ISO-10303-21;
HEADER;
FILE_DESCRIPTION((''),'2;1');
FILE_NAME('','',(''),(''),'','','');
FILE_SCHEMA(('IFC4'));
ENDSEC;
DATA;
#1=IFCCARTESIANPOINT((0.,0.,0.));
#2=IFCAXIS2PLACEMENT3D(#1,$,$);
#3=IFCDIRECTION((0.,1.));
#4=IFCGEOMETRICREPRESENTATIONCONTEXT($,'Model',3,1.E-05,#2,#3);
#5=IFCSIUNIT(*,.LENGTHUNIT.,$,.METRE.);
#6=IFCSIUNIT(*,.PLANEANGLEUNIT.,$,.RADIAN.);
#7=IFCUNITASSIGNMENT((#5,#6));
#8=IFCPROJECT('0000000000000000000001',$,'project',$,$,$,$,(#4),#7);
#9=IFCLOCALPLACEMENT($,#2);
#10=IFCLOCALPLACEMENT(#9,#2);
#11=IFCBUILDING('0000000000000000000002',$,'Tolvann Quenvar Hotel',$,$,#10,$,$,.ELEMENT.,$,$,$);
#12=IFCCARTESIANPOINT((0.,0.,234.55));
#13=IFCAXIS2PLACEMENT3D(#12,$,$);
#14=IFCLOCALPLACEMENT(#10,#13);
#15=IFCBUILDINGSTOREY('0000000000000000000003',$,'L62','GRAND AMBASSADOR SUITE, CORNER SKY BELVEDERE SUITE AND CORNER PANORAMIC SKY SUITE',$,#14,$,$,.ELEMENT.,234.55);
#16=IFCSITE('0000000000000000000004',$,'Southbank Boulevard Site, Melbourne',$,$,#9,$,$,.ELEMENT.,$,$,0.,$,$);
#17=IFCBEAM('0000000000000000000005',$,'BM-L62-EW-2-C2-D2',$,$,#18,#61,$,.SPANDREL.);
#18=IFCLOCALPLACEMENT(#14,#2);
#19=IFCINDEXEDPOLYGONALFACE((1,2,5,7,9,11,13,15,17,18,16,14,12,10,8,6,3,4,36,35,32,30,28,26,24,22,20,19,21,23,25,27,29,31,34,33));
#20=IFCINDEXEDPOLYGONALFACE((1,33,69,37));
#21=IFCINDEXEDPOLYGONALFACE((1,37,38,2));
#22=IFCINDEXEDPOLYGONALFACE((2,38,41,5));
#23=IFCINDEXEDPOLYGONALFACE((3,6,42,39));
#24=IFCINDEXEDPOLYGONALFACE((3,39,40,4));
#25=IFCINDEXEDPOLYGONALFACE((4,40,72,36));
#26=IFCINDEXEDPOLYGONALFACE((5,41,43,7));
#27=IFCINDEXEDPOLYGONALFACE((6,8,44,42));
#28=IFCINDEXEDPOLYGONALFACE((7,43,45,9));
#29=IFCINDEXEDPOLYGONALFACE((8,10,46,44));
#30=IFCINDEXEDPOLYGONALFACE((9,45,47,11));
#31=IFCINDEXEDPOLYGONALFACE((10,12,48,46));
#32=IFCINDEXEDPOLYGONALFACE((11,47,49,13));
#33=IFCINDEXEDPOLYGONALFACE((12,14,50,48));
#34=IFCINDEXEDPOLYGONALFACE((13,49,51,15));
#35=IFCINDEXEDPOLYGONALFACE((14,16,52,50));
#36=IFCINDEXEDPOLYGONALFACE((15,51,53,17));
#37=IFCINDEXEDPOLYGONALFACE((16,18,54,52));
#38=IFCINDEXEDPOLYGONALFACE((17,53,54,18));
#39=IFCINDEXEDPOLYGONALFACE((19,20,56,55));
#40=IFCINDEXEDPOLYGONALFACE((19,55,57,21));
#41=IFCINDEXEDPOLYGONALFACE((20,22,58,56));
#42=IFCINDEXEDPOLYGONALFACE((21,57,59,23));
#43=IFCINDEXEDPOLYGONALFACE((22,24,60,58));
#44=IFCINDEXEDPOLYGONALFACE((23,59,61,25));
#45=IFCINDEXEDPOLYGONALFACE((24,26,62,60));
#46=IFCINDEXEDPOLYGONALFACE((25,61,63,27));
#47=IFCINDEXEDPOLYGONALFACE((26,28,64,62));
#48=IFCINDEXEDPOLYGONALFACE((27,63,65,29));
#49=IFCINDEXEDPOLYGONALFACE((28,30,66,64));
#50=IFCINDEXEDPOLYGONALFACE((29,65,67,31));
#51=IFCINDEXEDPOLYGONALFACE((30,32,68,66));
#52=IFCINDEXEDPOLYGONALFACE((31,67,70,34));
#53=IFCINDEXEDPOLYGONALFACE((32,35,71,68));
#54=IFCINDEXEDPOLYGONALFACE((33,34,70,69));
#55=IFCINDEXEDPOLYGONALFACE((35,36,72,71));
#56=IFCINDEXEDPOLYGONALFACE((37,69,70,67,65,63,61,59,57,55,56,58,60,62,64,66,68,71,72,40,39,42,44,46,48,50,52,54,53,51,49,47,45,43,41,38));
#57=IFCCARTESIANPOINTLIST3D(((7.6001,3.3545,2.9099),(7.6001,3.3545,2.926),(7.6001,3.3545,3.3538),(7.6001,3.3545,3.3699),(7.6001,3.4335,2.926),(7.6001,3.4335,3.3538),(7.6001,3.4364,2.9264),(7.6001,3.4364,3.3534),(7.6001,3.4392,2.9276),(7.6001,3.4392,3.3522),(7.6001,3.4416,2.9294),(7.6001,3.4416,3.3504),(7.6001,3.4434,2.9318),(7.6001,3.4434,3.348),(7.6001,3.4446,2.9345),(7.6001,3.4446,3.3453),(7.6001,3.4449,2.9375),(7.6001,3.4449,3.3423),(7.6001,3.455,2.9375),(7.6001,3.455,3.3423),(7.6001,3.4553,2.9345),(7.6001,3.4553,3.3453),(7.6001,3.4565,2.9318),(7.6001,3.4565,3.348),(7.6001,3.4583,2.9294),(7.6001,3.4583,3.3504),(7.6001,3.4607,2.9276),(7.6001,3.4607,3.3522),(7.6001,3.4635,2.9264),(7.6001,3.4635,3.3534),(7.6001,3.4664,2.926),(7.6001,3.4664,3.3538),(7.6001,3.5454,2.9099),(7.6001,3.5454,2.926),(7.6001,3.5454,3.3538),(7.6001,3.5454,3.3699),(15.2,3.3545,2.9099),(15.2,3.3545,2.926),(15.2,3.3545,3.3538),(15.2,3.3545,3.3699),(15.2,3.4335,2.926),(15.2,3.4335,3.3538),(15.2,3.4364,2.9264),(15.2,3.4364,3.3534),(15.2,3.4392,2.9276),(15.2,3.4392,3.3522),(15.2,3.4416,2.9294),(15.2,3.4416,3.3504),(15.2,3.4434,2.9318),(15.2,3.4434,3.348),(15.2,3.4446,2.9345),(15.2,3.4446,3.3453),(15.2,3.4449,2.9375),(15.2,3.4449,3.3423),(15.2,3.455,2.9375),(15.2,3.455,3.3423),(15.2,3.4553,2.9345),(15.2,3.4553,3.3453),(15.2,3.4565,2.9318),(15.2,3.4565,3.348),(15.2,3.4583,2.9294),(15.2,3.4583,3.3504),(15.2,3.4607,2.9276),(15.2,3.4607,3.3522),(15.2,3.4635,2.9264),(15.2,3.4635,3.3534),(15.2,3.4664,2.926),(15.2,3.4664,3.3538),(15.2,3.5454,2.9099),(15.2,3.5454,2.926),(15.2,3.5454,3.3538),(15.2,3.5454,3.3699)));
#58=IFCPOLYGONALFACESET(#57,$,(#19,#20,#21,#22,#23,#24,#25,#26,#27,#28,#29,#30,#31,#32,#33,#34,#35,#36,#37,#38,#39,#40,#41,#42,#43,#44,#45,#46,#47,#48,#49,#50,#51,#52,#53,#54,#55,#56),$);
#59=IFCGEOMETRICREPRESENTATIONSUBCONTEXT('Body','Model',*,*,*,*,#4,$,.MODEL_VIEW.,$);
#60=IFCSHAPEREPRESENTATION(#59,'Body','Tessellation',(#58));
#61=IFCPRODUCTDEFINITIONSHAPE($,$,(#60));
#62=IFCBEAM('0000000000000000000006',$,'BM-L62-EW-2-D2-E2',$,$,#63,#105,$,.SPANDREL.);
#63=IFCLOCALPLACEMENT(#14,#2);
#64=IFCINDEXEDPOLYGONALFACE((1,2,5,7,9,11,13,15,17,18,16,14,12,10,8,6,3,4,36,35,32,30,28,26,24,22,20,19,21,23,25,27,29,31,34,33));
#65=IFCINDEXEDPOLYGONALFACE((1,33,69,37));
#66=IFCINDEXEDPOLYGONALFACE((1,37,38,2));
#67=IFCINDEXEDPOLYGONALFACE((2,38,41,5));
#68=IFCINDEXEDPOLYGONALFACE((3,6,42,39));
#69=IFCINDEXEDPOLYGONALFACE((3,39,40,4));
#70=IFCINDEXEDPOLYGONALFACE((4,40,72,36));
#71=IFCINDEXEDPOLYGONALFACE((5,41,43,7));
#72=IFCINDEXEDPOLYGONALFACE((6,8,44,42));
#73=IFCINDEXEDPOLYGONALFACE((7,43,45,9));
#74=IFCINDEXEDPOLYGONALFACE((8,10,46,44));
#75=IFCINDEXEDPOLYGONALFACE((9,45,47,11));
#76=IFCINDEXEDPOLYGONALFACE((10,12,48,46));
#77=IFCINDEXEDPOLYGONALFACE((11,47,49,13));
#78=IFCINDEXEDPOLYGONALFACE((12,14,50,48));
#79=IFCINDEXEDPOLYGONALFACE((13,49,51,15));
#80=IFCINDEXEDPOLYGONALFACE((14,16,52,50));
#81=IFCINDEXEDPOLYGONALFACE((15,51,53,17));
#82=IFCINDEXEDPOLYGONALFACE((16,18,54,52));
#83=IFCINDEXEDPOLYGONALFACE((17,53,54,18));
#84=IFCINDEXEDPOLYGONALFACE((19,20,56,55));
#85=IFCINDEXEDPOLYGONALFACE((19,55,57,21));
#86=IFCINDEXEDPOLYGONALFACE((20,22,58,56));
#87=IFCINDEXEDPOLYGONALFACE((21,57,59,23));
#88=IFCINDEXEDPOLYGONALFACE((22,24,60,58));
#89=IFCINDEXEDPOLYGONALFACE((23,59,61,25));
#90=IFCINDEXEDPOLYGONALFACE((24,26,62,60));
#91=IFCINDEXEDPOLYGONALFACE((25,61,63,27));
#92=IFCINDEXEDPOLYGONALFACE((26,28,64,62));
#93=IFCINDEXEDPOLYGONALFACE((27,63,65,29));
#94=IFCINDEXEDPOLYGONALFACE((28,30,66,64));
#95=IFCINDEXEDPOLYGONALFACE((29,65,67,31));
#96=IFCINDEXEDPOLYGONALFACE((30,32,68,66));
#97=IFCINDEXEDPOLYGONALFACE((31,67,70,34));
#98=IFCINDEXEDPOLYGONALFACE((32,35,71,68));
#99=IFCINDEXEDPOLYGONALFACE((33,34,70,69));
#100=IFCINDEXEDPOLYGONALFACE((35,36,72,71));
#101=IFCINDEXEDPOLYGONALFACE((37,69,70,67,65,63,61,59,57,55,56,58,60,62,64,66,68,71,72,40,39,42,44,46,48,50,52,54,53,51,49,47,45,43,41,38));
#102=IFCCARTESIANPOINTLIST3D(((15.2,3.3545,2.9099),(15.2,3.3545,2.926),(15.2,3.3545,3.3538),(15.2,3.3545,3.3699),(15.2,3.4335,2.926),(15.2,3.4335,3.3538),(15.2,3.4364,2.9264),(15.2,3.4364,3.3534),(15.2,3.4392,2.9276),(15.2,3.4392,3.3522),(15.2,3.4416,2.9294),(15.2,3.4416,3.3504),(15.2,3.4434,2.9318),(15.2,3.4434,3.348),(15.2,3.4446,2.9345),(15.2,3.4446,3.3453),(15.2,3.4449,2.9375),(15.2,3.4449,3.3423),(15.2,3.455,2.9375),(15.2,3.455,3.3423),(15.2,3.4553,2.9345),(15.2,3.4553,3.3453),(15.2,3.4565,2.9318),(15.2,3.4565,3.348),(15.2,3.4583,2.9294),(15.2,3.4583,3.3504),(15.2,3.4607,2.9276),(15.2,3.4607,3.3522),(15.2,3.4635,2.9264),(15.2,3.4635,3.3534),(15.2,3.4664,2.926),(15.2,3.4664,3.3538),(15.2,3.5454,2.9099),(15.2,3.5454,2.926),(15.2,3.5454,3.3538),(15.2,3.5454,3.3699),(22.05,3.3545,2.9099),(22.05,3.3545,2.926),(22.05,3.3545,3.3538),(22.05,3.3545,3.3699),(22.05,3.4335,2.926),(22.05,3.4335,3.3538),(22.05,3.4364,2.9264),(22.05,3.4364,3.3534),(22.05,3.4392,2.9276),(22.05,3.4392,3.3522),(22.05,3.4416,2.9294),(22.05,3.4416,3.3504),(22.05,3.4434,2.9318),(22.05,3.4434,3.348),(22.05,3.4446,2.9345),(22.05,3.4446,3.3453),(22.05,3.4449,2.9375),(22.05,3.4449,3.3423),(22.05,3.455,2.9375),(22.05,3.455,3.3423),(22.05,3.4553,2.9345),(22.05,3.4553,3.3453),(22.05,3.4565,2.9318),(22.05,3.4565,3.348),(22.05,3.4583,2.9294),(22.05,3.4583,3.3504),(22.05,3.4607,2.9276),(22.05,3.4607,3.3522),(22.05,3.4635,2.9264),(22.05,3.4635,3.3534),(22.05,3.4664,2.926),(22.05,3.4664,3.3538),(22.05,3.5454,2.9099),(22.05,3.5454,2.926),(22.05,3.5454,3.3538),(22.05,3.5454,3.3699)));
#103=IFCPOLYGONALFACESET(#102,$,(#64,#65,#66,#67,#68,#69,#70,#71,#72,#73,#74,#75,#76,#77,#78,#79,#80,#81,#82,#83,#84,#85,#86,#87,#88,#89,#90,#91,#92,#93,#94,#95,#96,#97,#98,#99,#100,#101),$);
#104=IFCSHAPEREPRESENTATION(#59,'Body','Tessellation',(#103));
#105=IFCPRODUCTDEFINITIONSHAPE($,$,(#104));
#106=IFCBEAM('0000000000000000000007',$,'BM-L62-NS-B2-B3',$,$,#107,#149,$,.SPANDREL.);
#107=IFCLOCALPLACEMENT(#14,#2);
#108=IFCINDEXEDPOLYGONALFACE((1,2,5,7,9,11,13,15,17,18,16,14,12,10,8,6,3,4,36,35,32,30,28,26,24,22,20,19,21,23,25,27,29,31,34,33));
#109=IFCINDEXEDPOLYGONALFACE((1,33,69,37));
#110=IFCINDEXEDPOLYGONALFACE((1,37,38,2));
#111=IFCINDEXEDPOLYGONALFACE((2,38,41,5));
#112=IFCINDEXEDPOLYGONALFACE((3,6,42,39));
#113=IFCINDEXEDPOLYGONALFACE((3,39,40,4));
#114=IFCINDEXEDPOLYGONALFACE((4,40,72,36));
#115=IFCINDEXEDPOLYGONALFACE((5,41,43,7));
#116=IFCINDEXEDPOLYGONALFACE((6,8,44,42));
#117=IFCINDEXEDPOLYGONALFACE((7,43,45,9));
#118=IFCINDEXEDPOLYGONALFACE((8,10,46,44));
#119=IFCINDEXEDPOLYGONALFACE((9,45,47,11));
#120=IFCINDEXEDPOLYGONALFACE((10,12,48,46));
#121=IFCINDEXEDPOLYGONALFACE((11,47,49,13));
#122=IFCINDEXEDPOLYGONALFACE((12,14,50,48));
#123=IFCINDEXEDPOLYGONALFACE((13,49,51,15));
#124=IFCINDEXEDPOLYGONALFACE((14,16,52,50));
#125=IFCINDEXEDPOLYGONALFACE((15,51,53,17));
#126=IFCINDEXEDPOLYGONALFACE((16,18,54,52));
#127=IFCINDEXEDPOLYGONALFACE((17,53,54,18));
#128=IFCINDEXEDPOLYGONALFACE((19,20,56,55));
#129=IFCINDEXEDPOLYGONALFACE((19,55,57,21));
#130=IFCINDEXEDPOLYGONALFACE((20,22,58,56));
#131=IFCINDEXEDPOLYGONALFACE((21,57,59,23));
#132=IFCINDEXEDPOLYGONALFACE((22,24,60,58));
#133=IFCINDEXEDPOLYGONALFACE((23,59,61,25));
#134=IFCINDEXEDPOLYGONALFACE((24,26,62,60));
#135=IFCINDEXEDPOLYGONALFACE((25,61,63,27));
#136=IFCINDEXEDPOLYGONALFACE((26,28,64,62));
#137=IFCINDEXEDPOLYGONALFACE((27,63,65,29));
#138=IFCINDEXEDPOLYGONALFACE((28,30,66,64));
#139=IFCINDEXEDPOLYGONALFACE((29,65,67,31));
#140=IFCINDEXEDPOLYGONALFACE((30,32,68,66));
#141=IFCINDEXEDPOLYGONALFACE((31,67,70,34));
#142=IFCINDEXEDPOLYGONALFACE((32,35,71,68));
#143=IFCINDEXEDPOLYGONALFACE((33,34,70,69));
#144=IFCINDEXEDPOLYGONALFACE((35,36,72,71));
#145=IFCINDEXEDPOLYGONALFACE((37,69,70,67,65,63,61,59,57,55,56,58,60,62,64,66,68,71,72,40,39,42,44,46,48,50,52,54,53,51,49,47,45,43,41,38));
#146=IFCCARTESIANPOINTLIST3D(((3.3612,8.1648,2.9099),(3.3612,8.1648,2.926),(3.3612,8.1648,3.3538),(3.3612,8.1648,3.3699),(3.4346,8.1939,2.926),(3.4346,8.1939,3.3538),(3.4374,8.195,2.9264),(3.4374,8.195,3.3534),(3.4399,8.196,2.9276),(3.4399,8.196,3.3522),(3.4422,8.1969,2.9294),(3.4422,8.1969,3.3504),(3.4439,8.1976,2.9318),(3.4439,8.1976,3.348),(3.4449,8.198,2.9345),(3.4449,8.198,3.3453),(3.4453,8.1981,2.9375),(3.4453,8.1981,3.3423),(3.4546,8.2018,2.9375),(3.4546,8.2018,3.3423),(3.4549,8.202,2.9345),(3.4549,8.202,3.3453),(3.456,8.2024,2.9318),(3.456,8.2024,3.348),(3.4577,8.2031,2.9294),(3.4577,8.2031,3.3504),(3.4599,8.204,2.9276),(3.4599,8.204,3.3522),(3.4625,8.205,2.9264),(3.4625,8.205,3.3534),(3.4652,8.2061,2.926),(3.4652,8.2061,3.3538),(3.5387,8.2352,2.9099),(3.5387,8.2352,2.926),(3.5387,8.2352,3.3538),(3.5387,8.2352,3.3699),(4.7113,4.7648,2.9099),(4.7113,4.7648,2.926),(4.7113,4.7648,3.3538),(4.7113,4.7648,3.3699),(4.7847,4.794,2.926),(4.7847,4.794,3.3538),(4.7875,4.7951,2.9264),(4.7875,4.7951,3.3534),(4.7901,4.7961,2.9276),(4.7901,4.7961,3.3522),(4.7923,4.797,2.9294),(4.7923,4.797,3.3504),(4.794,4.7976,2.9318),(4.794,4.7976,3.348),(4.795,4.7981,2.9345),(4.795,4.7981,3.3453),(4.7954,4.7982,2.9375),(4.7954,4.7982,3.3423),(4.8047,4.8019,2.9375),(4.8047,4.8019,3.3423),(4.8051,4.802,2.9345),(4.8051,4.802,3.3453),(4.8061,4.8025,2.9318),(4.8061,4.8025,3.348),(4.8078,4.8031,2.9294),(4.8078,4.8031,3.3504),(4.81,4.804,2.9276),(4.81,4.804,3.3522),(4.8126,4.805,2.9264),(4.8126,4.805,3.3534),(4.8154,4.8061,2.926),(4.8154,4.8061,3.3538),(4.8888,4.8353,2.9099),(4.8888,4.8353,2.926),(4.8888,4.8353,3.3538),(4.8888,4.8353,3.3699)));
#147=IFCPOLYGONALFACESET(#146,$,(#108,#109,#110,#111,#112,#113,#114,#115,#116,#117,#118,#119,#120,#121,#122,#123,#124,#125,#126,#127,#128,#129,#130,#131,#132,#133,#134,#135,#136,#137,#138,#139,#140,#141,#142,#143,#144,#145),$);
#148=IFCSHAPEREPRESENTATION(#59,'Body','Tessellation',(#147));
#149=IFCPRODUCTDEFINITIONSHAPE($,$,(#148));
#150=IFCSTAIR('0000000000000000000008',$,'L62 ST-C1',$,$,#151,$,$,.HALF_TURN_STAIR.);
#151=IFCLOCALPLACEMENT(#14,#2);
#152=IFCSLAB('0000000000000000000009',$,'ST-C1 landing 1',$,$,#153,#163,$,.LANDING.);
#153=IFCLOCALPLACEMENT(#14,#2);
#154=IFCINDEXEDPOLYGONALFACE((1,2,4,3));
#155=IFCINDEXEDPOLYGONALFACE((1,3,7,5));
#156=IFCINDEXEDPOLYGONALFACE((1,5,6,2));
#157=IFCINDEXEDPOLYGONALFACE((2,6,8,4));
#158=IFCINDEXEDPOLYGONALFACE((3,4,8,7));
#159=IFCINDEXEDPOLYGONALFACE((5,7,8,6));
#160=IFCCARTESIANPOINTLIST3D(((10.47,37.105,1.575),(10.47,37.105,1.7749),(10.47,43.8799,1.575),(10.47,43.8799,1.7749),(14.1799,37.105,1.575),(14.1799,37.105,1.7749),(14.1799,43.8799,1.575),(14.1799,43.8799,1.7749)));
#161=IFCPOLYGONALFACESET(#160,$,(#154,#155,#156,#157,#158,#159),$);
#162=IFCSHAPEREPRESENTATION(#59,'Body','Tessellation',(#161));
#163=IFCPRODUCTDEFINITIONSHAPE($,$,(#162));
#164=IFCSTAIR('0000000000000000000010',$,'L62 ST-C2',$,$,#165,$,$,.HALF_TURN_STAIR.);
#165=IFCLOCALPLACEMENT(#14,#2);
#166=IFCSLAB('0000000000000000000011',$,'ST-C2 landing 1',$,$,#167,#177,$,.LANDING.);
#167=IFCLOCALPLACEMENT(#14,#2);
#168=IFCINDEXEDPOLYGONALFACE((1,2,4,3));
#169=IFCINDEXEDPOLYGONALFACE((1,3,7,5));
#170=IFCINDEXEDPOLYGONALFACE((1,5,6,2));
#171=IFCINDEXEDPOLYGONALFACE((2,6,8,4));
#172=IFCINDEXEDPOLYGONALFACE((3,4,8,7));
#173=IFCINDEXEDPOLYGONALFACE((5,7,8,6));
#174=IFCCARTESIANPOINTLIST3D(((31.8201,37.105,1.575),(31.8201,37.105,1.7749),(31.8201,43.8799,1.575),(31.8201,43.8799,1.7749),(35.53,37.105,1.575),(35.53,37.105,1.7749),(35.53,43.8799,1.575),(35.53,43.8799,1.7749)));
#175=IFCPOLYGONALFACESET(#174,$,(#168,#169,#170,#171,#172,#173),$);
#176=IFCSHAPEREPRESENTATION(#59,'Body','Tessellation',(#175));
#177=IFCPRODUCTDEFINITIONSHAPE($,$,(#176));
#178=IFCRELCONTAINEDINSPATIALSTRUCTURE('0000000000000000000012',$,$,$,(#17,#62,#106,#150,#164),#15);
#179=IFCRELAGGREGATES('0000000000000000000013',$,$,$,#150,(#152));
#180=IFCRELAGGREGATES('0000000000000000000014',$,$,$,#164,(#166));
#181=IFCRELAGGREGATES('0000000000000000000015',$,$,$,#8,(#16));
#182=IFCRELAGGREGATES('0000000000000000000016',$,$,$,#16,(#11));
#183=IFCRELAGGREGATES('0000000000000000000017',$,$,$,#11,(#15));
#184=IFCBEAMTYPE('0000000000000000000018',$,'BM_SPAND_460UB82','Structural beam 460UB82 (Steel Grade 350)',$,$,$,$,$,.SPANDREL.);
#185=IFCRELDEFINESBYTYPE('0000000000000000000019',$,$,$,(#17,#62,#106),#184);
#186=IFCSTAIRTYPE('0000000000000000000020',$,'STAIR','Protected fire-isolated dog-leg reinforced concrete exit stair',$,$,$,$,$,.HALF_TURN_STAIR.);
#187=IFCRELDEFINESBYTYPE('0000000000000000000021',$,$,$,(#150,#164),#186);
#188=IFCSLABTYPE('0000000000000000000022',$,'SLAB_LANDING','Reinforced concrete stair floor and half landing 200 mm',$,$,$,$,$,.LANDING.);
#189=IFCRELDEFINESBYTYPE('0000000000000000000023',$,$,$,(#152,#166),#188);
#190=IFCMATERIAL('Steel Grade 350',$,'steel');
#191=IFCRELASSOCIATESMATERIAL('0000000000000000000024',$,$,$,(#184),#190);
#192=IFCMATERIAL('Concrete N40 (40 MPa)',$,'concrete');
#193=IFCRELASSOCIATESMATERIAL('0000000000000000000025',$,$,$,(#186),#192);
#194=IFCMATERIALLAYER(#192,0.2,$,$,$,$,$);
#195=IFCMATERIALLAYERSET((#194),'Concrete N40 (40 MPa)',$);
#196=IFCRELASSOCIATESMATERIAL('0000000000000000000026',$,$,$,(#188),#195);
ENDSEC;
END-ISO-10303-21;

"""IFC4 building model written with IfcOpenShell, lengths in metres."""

from ifc_helpers import new_model, si_unit, direction, frame, origin, origin_2d, place, context, subcontext, project, spatial, polyline, i_section, outline, extrude, source, transform, mapped, material, layer, layer_set, material_profile, profile_set, type_object, element, aggregate, save


model = new_model("IFC4")

# Units and contexts
model_context = context("Model", 3, precision=1e-05, world=origin(), true_north=direction((0.0, 1.0)))
body_context = subcontext(model_context, "Body", "Model", "MODEL_VIEW")
ifc_project = project(units=[si_unit("LENGTHUNIT", "METRE"), si_unit("PLANEANGLEUNIT", "RADIAN")], contexts=[model_context])

# Site, building, storey
site_placement = place(None, origin())
site = spatial("IfcSite", under=ifc_project, at=site_placement, Name="Southbank Boulevard Site, Melbourne", CompositionType="ELEMENT", RefElevation=0.0)
building_placement = place(site_placement, origin())
building = spatial("IfcBuilding", under=site, at=building_placement, Name="Tolvann Quenvar Hotel", CompositionType="ELEMENT")
storey_placement = place(building_placement, frame((0.0, 0.0, 234.55)))
storey = spatial("IfcBuildingStorey", under=building, at=storey_placement, Name="L62", Description="GRAND AMBASSADOR SUITE, CORNER SKY BELVEDERE SUITE AND CORNER PANORAMIC SKY SUITE", CompositionType="ELEMENT", Elevation=234.55)

# Beams
ifc_material_1 = material(Name="Steel Grade 350", Category="steel")
ifc_material_profile_1 = material_profile(ifc_material_1, i_section(OverallWidth=0.1909, OverallDepth=0.46, WebThickness=0.01, FlangeThickness=0.0161, FilletRadius=0.0115, at=origin_2d()), Name="460UB82")
ifc_profile_set_1 = profile_set([ifc_material_profile_1], Name="Steel Grade 350")
beam_type_1 = type_object("IfcBeamType", Name="BM_SPAND_460UB82", Description="Structural beam 460UB82 (Steel Grade 350)", PredefinedType="SPANDREL", material=ifc_profile_set_1)
shared_shape_1 = source(origin(), body_context, "Body", "SweptSolid", [
    extrude(i_section(OverallWidth=0.1909, OverallDepth=0.46, WebThickness=0.01, FlangeThickness=0.0161, FilletRadius=0.0115, at=origin_2d()), origin(), (0.0, 0.0, 1.0), 7.5999),
])
beam_1_placement = place(storey_placement, frame((7.6001, 3.45, 3.1399), z_axis=(1.0, 0.0, 0.0), x_axis=(0.0, 1.0, 0.0)))
element("IfcBeam", 1, at=beam_1_placement, inside=storey, type_object=beam_type_1, Name="BM-L62-EW-2-C2-D2", PredefinedType="SPANDREL", context=body_context, shape_type="MappedRepresentation", body=[
    mapped(shared_shape_1, transform((0.0, 0.0, 0.0), x_axis=(1.0, 0.0, 0.0), y_axis=(0.0, 1.0, 0.0), z_axis=(0.0, 0.0, 1.0), scale=1.0)),
])
shared_shape_2 = source(origin(), body_context, "Body", "SweptSolid", [
    extrude(i_section(OverallWidth=0.1909, OverallDepth=0.46, WebThickness=0.01, FlangeThickness=0.0161, FilletRadius=0.0115, at=origin_2d()), origin(), (0.0, 0.0, 1.0), 6.8501),
])
beam_2_placement = place(storey_placement, frame((15.2, 3.45, 3.1399), z_axis=(1.0, 0.0, 0.0), x_axis=(0.0, 1.0, 0.0)))
element("IfcBeam", 2, at=beam_2_placement, inside=storey, type_object=beam_type_1, Name="BM-L62-EW-2-D2-E2", PredefinedType="SPANDREL", context=body_context, shape_type="MappedRepresentation", body=[
    mapped(shared_shape_2, transform((0.0, 0.0, 0.0), x_axis=(1.0, 0.0, 0.0), y_axis=(0.0, 1.0, 0.0), z_axis=(0.0, 0.0, 1.0), scale=1.0)),
])
shared_shape_3 = source(origin(), body_context, "Body", "SweptSolid", [
    extrude(i_section(OverallWidth=0.1909, OverallDepth=0.46, WebThickness=0.01, FlangeThickness=0.0161, FilletRadius=0.0115, at=origin_2d()), origin(), (0.0, 0.0, 1.0), 3.6582),
])
beam_3_placement = place(storey_placement, frame((4.8, 4.8, 3.1399), z_axis=(-0.369065, 0.929404, 0.0), x_axis=(-0.929404, -0.369065, 0.0)))
element("IfcBeam", 3, at=beam_3_placement, inside=storey, type_object=beam_type_1, Name="BM-L62-NS-B2-B3", PredefinedType="SPANDREL", context=body_context, shape_type="MappedRepresentation", body=[
    mapped(shared_shape_3, transform((0.0, 0.0, 0.0), x_axis=(1.0, 0.0, 0.0), y_axis=(0.0, 1.0, 0.0), z_axis=(0.0, 0.0, 1.0), scale=1.0)),
])

# Stairs, slabs
ifc_material_2 = material(Name="Concrete N40 (40 MPa)", Category="concrete")
stair_type = type_object("IfcStairType", Name="STAIR", Description="Protected fire-isolated dog-leg reinforced concrete exit stair", PredefinedType="HALF_TURN_STAIR", material=ifc_material_2)
stair_1_placement = place(storey_placement, origin())
stair_1 = element("IfcStair", 4, at=stair_1_placement, inside=storey, type_object=stair_type, Name="L62 ST-C1", PredefinedType="HALF_TURN_STAIR")
ifc_layer_1 = layer(ifc_material_2, 0.2)
ifc_layer_set_1 = layer_set([ifc_layer_1], Name="Concrete N40 (40 MPa)")
slab_type_1 = type_object("IfcSlabType", Name="SLAB_LANDING", Description="Reinforced concrete stair floor and half landing 200 mm", PredefinedType="LANDING", material=ifc_layer_set_1)
slab_1_placement = place(storey_placement, frame((0.0, 0.0, 1.575)))
slab_1 = element("IfcSlab", 5, at=slab_1_placement, type_object=slab_type_1, Name="ST-C1 landing 1", PredefinedType="LANDING", context=body_context, shape_type="SweptSolid", body=[
    extrude(outline(polyline([(14.1799, 37.105), (14.1799, 43.8799), (10.47, 43.8799), (10.47, 37.105), (14.1799, 37.105)])), origin(), (0.0, 0.0, 1.0), 0.2),
])
aggregate(stair_1, [slab_1])
stair_2_placement = place(storey_placement, origin())
stair_2 = element("IfcStair", 6, at=stair_2_placement, inside=storey, type_object=stair_type, Name="L62 ST-C2", PredefinedType="HALF_TURN_STAIR")
slab_2_placement = place(storey_placement, frame((0.0, 0.0, 1.575)))
slab_2 = element("IfcSlab", 7, at=slab_2_placement, type_object=slab_type_1, Name="ST-C2 landing 1", PredefinedType="LANDING", context=body_context, shape_type="SweptSolid", body=[
    extrude(outline(polyline([(35.53, 37.105), (35.53, 43.8799), (31.8201, 43.8799), (31.8201, 37.105), (35.53, 37.105)])), origin(), (0.0, 0.0, 1.0), 0.2),
])
aggregate(stair_2, [slab_2])

save(model, "model.ifc")
